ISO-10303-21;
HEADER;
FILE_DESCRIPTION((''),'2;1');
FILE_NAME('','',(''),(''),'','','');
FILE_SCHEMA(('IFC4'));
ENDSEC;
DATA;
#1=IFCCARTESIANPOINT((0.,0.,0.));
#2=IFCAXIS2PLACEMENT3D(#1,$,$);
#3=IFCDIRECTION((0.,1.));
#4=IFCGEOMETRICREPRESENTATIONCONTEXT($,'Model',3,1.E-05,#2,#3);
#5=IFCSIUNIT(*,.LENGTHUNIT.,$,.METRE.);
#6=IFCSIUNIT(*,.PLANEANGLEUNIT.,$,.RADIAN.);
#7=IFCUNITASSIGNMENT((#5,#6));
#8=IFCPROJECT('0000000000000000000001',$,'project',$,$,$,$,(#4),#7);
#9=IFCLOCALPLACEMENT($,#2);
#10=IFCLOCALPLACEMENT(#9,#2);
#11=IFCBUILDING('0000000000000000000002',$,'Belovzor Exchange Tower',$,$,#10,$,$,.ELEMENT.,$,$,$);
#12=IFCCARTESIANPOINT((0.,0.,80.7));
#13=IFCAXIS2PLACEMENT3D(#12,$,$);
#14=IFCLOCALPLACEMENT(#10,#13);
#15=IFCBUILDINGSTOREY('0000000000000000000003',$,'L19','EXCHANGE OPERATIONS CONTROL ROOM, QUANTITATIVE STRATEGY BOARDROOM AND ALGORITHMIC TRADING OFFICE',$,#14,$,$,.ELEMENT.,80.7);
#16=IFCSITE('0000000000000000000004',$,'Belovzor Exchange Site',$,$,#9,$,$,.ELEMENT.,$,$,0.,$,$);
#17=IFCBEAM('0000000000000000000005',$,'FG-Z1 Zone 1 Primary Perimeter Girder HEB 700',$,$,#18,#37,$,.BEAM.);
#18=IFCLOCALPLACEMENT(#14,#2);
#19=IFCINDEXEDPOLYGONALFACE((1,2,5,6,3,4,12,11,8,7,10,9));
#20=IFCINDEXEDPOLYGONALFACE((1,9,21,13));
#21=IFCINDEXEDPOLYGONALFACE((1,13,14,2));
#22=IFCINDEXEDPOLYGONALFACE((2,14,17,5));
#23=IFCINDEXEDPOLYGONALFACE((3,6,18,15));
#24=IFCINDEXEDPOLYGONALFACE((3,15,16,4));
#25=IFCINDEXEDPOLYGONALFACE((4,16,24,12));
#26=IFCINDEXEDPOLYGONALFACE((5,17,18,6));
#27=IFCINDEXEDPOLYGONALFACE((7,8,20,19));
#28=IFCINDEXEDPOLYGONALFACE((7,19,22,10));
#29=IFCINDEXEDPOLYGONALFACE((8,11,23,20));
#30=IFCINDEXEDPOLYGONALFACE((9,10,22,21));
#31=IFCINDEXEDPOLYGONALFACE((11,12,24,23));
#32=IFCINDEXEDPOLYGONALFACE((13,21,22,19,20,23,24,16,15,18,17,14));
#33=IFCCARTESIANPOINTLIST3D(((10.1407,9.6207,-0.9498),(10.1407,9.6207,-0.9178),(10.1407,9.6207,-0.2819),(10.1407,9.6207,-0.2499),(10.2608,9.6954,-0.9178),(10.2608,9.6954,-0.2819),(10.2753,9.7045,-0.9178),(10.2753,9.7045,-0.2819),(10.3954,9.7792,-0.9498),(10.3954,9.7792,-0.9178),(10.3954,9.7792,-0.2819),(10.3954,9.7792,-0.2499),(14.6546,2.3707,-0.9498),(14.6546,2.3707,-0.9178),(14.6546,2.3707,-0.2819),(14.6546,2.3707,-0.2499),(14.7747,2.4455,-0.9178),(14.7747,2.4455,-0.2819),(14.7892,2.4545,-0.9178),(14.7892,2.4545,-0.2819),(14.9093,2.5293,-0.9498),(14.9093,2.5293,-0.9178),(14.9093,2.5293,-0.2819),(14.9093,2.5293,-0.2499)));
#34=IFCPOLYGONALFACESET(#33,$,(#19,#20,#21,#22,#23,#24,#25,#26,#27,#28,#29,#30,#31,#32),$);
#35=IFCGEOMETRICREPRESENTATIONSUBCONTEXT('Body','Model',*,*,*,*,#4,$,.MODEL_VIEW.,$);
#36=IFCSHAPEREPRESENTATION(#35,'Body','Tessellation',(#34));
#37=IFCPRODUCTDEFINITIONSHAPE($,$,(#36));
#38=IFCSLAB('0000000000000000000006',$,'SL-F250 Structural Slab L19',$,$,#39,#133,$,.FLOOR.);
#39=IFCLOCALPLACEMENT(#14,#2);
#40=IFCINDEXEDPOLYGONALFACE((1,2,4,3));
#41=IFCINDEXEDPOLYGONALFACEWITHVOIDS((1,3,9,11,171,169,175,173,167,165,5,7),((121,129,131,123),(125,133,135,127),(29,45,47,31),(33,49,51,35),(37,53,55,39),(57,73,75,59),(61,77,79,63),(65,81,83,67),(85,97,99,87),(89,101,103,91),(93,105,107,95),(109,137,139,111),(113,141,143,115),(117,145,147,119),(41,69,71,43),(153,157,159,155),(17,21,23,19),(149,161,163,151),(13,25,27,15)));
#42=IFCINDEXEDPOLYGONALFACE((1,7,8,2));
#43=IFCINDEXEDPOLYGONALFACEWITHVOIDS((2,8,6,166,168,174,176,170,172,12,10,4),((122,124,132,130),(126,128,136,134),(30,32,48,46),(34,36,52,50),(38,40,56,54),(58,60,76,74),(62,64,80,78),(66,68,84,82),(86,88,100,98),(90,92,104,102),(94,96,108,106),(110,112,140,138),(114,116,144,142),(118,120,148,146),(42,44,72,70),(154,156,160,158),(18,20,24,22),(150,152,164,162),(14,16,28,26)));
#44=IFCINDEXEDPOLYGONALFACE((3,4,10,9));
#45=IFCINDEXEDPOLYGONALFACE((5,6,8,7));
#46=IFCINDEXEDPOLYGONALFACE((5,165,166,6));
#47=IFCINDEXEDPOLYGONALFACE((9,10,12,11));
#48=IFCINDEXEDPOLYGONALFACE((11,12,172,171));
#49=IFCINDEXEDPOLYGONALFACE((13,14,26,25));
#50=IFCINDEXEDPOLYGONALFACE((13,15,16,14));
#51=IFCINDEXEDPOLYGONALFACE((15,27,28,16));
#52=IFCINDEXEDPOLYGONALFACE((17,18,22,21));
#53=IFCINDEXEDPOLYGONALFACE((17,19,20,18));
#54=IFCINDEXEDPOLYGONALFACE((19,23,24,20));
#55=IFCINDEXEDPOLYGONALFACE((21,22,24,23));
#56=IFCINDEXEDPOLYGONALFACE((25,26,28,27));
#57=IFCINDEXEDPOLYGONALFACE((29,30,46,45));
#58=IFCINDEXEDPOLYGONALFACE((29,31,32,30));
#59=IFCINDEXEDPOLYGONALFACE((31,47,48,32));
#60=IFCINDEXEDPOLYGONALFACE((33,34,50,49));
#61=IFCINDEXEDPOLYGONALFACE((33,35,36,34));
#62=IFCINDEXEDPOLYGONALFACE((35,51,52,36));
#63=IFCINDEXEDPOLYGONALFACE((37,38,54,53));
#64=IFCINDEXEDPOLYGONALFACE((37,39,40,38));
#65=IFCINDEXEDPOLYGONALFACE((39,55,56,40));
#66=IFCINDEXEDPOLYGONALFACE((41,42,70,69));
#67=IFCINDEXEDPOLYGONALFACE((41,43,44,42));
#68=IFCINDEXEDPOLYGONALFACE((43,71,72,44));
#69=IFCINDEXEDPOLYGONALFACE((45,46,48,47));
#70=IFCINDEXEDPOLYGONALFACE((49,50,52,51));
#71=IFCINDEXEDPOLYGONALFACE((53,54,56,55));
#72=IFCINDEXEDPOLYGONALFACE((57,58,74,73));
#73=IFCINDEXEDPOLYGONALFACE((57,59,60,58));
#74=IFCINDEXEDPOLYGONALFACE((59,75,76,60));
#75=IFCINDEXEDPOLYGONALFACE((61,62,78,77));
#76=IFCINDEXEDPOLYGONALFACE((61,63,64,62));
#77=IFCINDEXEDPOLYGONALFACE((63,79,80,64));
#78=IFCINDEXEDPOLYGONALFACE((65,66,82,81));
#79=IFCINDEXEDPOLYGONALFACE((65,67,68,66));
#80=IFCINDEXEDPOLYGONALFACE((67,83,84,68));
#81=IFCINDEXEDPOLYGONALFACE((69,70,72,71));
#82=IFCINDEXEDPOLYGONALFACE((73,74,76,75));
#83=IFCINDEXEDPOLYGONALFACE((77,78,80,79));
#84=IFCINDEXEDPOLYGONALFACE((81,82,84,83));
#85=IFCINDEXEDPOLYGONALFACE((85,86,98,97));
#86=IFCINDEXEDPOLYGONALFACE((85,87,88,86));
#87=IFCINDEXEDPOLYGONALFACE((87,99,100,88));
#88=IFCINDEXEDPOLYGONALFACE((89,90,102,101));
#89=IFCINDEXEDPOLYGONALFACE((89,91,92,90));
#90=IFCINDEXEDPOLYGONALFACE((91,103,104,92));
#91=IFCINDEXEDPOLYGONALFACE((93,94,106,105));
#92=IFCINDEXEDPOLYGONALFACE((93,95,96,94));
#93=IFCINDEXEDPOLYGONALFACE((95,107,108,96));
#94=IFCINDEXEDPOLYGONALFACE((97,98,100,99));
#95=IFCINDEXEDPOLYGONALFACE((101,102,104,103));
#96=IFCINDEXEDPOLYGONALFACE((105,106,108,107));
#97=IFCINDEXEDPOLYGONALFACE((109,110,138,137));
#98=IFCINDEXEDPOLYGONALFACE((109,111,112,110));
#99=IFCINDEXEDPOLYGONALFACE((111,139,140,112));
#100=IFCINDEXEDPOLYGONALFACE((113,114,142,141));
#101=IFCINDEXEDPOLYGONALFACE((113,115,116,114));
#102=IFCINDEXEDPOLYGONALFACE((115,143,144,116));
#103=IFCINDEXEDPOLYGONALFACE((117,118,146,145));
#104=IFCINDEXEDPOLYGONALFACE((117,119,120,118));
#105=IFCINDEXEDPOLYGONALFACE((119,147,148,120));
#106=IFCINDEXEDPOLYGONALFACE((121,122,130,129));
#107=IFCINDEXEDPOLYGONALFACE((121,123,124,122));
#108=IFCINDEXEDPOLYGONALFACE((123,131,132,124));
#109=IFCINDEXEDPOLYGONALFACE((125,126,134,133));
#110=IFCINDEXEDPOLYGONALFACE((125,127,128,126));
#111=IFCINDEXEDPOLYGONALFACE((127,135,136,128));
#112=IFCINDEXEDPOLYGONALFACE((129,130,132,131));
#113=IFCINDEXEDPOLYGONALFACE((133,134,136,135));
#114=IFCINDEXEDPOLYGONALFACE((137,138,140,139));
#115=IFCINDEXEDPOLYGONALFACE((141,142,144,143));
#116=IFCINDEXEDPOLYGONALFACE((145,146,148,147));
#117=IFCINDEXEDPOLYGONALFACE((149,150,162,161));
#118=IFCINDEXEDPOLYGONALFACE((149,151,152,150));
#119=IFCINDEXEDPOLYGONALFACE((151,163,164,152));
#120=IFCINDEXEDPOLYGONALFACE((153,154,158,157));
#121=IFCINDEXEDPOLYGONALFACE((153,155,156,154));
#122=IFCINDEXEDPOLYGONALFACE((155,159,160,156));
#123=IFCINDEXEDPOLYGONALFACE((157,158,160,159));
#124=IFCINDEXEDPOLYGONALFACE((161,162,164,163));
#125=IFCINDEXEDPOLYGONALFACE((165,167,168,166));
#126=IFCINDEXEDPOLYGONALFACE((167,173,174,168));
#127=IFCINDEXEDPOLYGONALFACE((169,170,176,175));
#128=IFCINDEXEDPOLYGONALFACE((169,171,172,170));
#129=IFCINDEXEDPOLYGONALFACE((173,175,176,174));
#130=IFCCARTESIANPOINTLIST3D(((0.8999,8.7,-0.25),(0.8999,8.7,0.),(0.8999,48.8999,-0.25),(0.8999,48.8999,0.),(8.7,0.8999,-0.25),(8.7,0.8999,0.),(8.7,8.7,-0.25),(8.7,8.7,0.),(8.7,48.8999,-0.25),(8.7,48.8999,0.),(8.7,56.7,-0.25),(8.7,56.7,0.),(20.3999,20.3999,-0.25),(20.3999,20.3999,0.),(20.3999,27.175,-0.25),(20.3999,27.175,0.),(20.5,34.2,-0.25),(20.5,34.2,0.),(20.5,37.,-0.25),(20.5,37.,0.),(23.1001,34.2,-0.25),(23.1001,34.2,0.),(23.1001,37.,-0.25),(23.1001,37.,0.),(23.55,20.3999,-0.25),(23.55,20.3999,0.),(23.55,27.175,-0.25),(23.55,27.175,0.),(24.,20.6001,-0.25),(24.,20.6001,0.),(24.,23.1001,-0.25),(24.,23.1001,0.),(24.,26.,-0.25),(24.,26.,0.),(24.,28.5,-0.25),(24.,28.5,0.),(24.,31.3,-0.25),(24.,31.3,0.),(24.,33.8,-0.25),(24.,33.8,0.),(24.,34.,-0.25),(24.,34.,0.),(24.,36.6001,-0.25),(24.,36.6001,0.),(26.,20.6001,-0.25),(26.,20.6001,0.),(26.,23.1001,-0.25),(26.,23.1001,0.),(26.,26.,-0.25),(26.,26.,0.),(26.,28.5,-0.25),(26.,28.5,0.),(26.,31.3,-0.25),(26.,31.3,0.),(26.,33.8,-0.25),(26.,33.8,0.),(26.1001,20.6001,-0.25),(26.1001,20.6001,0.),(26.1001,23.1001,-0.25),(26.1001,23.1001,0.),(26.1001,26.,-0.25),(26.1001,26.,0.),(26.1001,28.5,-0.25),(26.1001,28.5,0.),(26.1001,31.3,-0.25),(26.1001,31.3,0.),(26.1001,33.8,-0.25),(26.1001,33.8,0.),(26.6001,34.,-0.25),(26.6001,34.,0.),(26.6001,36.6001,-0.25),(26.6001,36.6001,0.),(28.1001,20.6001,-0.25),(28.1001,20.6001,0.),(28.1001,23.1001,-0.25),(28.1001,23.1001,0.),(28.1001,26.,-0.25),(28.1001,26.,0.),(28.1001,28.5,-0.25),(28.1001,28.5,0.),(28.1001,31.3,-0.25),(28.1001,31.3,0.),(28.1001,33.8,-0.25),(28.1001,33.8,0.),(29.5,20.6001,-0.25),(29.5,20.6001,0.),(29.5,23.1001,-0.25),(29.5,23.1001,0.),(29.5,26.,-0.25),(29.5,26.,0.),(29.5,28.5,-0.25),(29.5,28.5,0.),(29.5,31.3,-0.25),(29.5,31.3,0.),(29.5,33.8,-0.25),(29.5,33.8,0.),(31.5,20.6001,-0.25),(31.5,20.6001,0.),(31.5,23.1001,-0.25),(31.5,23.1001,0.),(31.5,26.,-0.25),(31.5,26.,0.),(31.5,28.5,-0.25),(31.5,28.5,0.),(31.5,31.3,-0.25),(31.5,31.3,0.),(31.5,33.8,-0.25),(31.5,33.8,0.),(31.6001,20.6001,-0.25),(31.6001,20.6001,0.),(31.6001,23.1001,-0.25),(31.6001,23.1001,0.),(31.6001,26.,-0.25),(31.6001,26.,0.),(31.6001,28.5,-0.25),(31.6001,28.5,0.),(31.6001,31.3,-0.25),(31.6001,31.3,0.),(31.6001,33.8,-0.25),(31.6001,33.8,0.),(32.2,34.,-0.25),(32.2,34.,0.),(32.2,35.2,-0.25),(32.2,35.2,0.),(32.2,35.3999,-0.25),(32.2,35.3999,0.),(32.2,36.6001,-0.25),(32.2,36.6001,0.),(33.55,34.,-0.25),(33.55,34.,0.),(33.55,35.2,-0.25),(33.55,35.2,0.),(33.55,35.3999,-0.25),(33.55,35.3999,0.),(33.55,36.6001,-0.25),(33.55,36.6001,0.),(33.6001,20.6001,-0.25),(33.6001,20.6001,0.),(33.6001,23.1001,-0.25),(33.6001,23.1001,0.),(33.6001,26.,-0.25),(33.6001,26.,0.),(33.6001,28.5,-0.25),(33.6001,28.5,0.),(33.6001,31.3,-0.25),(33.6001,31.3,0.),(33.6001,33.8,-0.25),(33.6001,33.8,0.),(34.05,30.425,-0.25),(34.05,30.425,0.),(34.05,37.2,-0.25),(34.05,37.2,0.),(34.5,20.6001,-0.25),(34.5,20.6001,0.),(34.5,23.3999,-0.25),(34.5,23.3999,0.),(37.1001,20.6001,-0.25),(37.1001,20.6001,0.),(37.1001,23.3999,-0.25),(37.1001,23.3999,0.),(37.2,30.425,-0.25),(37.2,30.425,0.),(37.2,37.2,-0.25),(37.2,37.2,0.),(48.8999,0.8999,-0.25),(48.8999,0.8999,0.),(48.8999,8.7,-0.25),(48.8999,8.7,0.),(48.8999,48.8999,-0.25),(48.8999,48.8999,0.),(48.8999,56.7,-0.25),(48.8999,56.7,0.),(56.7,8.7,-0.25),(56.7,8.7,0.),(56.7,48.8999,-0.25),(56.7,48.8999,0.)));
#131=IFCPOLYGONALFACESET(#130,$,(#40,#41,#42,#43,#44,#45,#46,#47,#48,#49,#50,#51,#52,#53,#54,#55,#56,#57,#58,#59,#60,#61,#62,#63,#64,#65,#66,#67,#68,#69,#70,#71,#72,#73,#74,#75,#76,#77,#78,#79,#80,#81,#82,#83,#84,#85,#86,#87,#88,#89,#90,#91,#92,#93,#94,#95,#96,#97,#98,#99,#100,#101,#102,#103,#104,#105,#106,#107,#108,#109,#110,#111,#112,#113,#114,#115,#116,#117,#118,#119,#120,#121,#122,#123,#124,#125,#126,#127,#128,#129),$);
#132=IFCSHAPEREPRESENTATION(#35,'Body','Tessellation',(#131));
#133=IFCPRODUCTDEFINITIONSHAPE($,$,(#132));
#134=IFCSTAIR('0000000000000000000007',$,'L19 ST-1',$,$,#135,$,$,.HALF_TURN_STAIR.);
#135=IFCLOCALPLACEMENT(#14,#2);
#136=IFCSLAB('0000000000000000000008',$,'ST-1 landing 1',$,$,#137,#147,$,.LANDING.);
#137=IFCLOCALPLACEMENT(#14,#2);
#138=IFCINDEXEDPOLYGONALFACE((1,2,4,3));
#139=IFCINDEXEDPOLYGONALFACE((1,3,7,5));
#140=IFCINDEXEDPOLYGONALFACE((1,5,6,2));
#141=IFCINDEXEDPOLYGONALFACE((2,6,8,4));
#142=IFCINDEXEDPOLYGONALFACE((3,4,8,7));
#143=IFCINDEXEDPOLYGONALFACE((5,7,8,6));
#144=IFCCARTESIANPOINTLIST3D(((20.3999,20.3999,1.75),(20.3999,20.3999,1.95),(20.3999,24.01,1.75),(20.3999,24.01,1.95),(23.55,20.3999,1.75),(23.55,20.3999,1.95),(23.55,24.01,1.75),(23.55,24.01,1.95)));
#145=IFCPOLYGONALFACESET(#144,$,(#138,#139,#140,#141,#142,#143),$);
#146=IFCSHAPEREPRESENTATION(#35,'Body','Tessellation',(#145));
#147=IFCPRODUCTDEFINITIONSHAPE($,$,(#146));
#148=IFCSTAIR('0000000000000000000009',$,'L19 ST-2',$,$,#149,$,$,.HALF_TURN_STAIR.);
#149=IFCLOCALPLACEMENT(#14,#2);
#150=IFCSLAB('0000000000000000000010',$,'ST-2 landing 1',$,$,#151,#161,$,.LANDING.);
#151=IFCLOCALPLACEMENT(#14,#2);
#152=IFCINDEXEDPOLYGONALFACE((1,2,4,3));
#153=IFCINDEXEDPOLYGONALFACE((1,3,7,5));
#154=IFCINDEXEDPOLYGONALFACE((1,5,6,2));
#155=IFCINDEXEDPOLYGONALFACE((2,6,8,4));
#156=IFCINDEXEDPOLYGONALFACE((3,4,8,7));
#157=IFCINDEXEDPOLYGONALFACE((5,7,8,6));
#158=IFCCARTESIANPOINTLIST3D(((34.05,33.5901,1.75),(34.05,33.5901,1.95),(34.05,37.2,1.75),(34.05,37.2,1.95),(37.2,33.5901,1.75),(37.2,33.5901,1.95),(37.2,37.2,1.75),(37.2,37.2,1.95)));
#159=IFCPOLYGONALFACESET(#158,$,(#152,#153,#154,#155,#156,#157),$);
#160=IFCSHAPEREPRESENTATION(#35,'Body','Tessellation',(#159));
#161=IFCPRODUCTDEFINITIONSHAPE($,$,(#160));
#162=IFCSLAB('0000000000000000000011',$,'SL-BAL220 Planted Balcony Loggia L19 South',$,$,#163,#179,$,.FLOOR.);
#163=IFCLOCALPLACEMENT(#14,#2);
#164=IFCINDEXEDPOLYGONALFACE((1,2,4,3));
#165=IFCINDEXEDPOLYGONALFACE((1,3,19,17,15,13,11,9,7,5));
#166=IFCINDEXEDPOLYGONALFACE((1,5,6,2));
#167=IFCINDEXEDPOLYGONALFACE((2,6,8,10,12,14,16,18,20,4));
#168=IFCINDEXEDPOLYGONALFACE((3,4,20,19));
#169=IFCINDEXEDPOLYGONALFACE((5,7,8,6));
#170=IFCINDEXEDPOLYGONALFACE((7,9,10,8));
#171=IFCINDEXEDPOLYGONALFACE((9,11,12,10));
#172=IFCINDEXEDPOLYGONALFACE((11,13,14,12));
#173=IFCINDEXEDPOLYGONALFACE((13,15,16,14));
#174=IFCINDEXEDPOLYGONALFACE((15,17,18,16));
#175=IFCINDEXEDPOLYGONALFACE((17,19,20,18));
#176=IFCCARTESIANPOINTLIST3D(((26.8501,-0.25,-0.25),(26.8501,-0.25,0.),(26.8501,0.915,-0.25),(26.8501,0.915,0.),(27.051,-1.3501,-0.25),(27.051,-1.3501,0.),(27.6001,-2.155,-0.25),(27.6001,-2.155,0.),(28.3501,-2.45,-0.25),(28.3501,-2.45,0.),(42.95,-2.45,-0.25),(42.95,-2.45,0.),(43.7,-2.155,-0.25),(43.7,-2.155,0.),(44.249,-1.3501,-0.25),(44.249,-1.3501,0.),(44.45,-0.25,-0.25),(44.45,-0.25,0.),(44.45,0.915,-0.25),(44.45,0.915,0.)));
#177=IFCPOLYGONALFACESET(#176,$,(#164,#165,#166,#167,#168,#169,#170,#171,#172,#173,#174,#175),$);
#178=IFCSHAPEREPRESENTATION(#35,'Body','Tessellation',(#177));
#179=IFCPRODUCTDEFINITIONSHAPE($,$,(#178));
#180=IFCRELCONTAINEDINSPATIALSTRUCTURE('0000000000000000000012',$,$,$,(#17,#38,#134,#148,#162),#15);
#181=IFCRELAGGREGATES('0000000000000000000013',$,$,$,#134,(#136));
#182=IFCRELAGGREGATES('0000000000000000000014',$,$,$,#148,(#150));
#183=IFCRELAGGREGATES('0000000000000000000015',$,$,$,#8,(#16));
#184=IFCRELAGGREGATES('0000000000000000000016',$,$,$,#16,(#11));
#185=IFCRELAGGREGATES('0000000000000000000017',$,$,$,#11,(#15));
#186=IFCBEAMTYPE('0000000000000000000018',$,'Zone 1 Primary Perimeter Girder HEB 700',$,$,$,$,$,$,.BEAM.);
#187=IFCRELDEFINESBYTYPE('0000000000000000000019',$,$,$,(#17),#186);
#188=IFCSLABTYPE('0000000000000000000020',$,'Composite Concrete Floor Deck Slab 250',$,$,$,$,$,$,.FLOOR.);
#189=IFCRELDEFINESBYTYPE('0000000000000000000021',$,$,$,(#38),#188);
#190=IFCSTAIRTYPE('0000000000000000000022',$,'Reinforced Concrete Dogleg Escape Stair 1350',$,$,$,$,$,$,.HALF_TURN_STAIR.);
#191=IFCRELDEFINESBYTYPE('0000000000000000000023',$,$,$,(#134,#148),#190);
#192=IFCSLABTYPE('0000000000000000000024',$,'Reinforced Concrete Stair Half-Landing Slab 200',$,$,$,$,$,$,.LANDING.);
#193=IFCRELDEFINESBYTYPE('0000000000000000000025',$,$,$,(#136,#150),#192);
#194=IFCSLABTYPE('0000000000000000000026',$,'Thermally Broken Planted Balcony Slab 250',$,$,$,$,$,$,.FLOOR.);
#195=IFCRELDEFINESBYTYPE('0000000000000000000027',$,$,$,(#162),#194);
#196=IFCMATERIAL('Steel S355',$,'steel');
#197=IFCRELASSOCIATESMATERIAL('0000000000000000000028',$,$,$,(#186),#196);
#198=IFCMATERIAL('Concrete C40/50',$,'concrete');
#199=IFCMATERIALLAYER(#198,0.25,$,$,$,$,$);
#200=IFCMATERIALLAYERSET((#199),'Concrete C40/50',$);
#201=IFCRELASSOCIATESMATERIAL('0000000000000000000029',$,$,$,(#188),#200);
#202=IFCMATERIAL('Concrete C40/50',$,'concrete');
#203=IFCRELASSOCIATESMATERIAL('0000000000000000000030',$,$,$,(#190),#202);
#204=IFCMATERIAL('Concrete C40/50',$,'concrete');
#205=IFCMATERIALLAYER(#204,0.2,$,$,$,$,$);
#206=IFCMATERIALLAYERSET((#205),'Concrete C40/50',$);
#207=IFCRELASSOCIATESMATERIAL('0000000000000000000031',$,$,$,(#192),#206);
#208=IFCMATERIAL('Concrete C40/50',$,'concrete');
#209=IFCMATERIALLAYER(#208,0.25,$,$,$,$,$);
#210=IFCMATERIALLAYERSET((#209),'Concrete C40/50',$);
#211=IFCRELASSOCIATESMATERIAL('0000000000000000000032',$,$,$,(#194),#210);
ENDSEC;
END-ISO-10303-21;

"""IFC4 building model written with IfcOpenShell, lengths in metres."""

from ifc_helpers import new_model, si_unit, direction, frame, origin, origin_2d, place, context, subcontext, project, spatial, polyline, i_section, outline, extrude, material, layer, layer_set, material_profile, profile_set, type_object, element, aggregate, save


model = new_model("IFC4")

# Units and contexts
model_context = context("Model", 3, precision=1e-05, world=origin(), true_north=direction((0.0, 1.0)))
body_context = subcontext(model_context, "Body", "Model", "MODEL_VIEW")
ifc_project = project(units=[si_unit("LENGTHUNIT", "METRE"), si_unit("PLANEANGLEUNIT", "RADIAN")], contexts=[model_context])

# Site, building, storey
site_placement = place(None, origin())
site = spatial("IfcSite", under=ifc_project, at=site_placement, Name="Belovzor Exchange Site", CompositionType="ELEMENT", RefElevation=0.0)
building_placement = place(site_placement, origin())
building = spatial("IfcBuilding", under=site, at=building_placement, Name="Belovzor Exchange Tower", CompositionType="ELEMENT")
storey_placement = place(building_placement, frame((0.0, 0.0, 80.7)))
storey = spatial("IfcBuildingStorey", under=building, at=storey_placement, Name="L19", Description="EXCHANGE OPERATIONS CONTROL ROOM, QUANTITATIVE STRATEGY BOARDROOM AND ALGORITHMIC TRADING OFFICE", CompositionType="ELEMENT", Elevation=80.7)

# Beam
ifc_material_1 = material(Name="Steel S355", Category="steel")
ifc_material_profile = material_profile(ifc_material_1, i_section(OverallWidth=0.3, OverallDepth=0.7, WebThickness=0.0171, FlangeThickness=0.032, at=origin_2d()))
ifc_profile_set = profile_set([ifc_material_profile], Name="Steel S355")
beam_type = type_object("IfcBeamType", Name="Zone 1 Primary Perimeter Girder HEB 700", PredefinedType="BEAM", material=ifc_profile_set)
beam_placement = place(storey_placement, frame((10.2681, 9.7, -0.5999), z_axis=(0.528539, -0.848909, 0.0), x_axis=(0.848909, 0.528539, 0.0)))
element("IfcBeam", 1, at=beam_placement, inside=storey, type_object=beam_type, Name="FG-Z1 Zone 1 Primary Perimeter Girder HEB 700", PredefinedType="BEAM", context=body_context, shape_type="SweptSolid", body=[
    extrude(i_section(OverallWidth=0.3, OverallDepth=0.7, WebThickness=0.0171, FlangeThickness=0.032, at=origin_2d()), origin(), (0.0, 0.0, 1.0), 8.5403),
])

# Slab
ifc_material_2 = material(Name="Concrete C40/50", Category="concrete")
ifc_layer_1 = layer(ifc_material_2, 0.25)
ifc_layer_set_1 = layer_set([ifc_layer_1], Name="Concrete C40/50")
slab_type_1 = type_object("IfcSlabType", Name="Composite Concrete Floor Deck Slab 250", PredefinedType="FLOOR", material=ifc_layer_set_1)
slab_1_placement = place(storey_placement, frame((0.0, 0.0, -0.25)))
element("IfcSlab", 2, at=slab_1_placement, inside=storey, type_object=slab_type_1, Name="SL-F250 Structural Slab L19", PredefinedType="FLOOR", context=body_context, shape_type="SweptSolid", body=[
    extrude(outline(polyline([(8.7, 0.8999), (48.8999, 0.8999), (48.8999, 8.7), (56.7, 8.7), (56.7, 48.8999), (48.8999, 48.8999), (48.8999, 56.7), (8.7, 56.7), (8.7, 48.8999), (0.8999, 48.8999), (0.8999, 8.7), (8.7, 8.7), (8.7, 0.8999)]), holes=[polyline([(20.3999, 27.175), (20.3999, 20.3999), (23.55, 20.3999), (23.55, 27.175), (20.3999, 27.175)]), polyline([(37.2, 30.425), (37.2, 37.2), (34.05, 37.2), (34.05, 30.425), (37.2, 30.425)]), polyline([(20.5, 34.2), (23.1001, 34.2), (23.1001, 37.0), (20.5, 37.0), (20.5, 34.2)]), polyline([(34.5, 20.6001), (37.1001, 20.6001), (37.1001, 23.3999), (34.5, 23.3999), (34.5, 20.6001)]), polyline([(24.0, 34.0), (26.6001, 34.0), (26.6001, 36.6001), (24.0, 36.6001), (24.0, 34.0)]), polyline([(24.0, 20.6001), (26.0, 20.6001), (26.0, 23.1001), (24.0, 23.1001), (24.0, 20.6001)]), polyline([(26.1001, 20.6001), (28.1001, 20.6001), (28.1001, 23.1001), (26.1001, 23.1001), (26.1001, 20.6001)]), polyline([(29.5, 20.6001), (31.5, 20.6001), (31.5, 23.1001), (29.5, 23.1001), (29.5, 20.6001)]), polyline([(31.6001, 20.6001), (33.6001, 20.6001), (33.6001, 23.1001), (31.6001, 23.1001), (31.6001, 20.6001)]), polyline([(24.0, 26.0), (26.0, 26.0), (26.0, 28.5), (24.0, 28.5), (24.0, 26.0)]), polyline([(26.1001, 26.0), (28.1001, 26.0), (28.1001, 28.5), (26.1001, 28.5), (26.1001, 26.0)]), polyline([(29.5, 26.0), (31.5, 26.0), (31.5, 28.5), (29.5, 28.5), (29.5, 26.0)]), polyline([(31.6001, 26.0), (33.6001, 26.0), (33.6001, 28.5), (31.6001, 28.5), (31.6001, 26.0)]), polyline([(24.0, 31.3), (26.0, 31.3), (26.0, 33.8), (24.0, 33.8), (24.0, 31.3)]), polyline([(26.1001, 31.3), (28.1001, 31.3), (28.1001, 33.8), (26.1001, 33.8), (26.1001, 31.3)]), polyline([(29.5, 31.3), (31.5, 31.3), (31.5, 33.8), (29.5, 33.8), (29.5, 31.3)]), polyline([(31.6001, 31.3), (33.6001, 31.3), (33.6001, 33.8), (31.6001, 33.8), (31.6001, 31.3)]), polyline([(32.2, 34.0), (33.55, 34.0), (33.55, 35.2), (32.2, 35.2), (32.2, 34.0)]), polyline([(32.2, 35.3999), (33.55, 35.3999), (33.55, 36.6001), (32.2, 36.6001), (32.2, 35.3999)])]), origin(), (0.0, 0.0, 1.0), 0.25),
])

# Stairs, slabs
ifc_material_3 = material(Name="Concrete C40/50", Category="concrete")
stair_type = type_object("IfcStairType", Name="Reinforced Concrete Dogleg Escape Stair 1350", PredefinedType="HALF_TURN_STAIR", material=ifc_material_3)
stair_1_placement = place(storey_placement, origin())
stair_1 = element("IfcStair", 3, at=stair_1_placement, inside=storey, type_object=stair_type, Name="L19 ST-1", PredefinedType="HALF_TURN_STAIR")
ifc_material_4 = material(Name="Concrete C40/50", Category="concrete")
ifc_layer_2 = layer(ifc_material_4, 0.2)
ifc_layer_set_2 = layer_set([ifc_layer_2], Name="Concrete C40/50")
slab_type_2 = type_object("IfcSlabType", Name="Reinforced Concrete Stair Half-Landing Slab 200", PredefinedType="LANDING", material=ifc_layer_set_2)
slab_2_placement = place(storey_placement, frame((0.0, 0.0, 1.75)))
slab_2 = element("IfcSlab", 4, at=slab_2_placement, type_object=slab_type_2, Name="ST-1 landing 1", PredefinedType="LANDING", context=body_context, shape_type="SweptSolid", body=[
    extrude(outline(polyline([(20.3999, 24.01), (20.3999, 20.3999), (23.55, 20.3999), (23.55, 24.01), (20.3999, 24.01)])), origin(), (0.0, 0.0, 1.0), 0.2),
])
aggregate(stair_1, [slab_2])
stair_2_placement = place(storey_placement, origin())
stair_2 = element("IfcStair", 5, at=stair_2_placement, inside=storey, type_object=stair_type, Name="L19 ST-2", PredefinedType="HALF_TURN_STAIR")
slab_3_placement = place(storey_placement, frame((0.0, 0.0, 1.75)))
slab_3 = element("IfcSlab", 6, at=slab_3_placement, type_object=slab_type_2, Name="ST-2 landing 1", PredefinedType="LANDING", context=body_context, shape_type="SweptSolid", body=[
    extrude(outline(polyline([(37.2, 33.5901), (37.2, 37.2), (34.05, 37.2), (34.05, 33.5901), (37.2, 33.5901)])), origin(), (0.0, 0.0, 1.0), 0.2),
])
aggregate(stair_2, [slab_3])

# Slab
ifc_material_5 = material(Name="Concrete C40/50", Category="concrete")
ifc_layer_3 = layer(ifc_material_5, 0.25)
ifc_layer_set_3 = layer_set([ifc_layer_3], Name="Concrete C40/50")
slab_type_3 = type_object("IfcSlabType", Name="Thermally Broken Planted Balcony Slab 250", PredefinedType="FLOOR", material=ifc_layer_set_3)
slab_4_placement = place(storey_placement, frame((0.0, 0.0, -0.25)))
element("IfcSlab", 7, at=slab_4_placement, inside=storey, type_object=slab_type_3, Name="SL-BAL220 Planted Balcony Loggia L19 South", PredefinedType="FLOOR", context=body_context, shape_type="SweptSolid", body=[
    extrude(outline(polyline([(26.8501, 0.915), (26.8501, -0.25), (27.051, -1.3501), (27.6001, -2.155), (28.3501, -2.45), (42.95, -2.45), (43.7, -2.155), (44.249, -1.3501), (44.45, -0.25), (44.45, 0.915), (26.8501, 0.915)])), origin(), (0.0, 0.0, 1.0), 0.25),
])

save(model, "model.ifc")
